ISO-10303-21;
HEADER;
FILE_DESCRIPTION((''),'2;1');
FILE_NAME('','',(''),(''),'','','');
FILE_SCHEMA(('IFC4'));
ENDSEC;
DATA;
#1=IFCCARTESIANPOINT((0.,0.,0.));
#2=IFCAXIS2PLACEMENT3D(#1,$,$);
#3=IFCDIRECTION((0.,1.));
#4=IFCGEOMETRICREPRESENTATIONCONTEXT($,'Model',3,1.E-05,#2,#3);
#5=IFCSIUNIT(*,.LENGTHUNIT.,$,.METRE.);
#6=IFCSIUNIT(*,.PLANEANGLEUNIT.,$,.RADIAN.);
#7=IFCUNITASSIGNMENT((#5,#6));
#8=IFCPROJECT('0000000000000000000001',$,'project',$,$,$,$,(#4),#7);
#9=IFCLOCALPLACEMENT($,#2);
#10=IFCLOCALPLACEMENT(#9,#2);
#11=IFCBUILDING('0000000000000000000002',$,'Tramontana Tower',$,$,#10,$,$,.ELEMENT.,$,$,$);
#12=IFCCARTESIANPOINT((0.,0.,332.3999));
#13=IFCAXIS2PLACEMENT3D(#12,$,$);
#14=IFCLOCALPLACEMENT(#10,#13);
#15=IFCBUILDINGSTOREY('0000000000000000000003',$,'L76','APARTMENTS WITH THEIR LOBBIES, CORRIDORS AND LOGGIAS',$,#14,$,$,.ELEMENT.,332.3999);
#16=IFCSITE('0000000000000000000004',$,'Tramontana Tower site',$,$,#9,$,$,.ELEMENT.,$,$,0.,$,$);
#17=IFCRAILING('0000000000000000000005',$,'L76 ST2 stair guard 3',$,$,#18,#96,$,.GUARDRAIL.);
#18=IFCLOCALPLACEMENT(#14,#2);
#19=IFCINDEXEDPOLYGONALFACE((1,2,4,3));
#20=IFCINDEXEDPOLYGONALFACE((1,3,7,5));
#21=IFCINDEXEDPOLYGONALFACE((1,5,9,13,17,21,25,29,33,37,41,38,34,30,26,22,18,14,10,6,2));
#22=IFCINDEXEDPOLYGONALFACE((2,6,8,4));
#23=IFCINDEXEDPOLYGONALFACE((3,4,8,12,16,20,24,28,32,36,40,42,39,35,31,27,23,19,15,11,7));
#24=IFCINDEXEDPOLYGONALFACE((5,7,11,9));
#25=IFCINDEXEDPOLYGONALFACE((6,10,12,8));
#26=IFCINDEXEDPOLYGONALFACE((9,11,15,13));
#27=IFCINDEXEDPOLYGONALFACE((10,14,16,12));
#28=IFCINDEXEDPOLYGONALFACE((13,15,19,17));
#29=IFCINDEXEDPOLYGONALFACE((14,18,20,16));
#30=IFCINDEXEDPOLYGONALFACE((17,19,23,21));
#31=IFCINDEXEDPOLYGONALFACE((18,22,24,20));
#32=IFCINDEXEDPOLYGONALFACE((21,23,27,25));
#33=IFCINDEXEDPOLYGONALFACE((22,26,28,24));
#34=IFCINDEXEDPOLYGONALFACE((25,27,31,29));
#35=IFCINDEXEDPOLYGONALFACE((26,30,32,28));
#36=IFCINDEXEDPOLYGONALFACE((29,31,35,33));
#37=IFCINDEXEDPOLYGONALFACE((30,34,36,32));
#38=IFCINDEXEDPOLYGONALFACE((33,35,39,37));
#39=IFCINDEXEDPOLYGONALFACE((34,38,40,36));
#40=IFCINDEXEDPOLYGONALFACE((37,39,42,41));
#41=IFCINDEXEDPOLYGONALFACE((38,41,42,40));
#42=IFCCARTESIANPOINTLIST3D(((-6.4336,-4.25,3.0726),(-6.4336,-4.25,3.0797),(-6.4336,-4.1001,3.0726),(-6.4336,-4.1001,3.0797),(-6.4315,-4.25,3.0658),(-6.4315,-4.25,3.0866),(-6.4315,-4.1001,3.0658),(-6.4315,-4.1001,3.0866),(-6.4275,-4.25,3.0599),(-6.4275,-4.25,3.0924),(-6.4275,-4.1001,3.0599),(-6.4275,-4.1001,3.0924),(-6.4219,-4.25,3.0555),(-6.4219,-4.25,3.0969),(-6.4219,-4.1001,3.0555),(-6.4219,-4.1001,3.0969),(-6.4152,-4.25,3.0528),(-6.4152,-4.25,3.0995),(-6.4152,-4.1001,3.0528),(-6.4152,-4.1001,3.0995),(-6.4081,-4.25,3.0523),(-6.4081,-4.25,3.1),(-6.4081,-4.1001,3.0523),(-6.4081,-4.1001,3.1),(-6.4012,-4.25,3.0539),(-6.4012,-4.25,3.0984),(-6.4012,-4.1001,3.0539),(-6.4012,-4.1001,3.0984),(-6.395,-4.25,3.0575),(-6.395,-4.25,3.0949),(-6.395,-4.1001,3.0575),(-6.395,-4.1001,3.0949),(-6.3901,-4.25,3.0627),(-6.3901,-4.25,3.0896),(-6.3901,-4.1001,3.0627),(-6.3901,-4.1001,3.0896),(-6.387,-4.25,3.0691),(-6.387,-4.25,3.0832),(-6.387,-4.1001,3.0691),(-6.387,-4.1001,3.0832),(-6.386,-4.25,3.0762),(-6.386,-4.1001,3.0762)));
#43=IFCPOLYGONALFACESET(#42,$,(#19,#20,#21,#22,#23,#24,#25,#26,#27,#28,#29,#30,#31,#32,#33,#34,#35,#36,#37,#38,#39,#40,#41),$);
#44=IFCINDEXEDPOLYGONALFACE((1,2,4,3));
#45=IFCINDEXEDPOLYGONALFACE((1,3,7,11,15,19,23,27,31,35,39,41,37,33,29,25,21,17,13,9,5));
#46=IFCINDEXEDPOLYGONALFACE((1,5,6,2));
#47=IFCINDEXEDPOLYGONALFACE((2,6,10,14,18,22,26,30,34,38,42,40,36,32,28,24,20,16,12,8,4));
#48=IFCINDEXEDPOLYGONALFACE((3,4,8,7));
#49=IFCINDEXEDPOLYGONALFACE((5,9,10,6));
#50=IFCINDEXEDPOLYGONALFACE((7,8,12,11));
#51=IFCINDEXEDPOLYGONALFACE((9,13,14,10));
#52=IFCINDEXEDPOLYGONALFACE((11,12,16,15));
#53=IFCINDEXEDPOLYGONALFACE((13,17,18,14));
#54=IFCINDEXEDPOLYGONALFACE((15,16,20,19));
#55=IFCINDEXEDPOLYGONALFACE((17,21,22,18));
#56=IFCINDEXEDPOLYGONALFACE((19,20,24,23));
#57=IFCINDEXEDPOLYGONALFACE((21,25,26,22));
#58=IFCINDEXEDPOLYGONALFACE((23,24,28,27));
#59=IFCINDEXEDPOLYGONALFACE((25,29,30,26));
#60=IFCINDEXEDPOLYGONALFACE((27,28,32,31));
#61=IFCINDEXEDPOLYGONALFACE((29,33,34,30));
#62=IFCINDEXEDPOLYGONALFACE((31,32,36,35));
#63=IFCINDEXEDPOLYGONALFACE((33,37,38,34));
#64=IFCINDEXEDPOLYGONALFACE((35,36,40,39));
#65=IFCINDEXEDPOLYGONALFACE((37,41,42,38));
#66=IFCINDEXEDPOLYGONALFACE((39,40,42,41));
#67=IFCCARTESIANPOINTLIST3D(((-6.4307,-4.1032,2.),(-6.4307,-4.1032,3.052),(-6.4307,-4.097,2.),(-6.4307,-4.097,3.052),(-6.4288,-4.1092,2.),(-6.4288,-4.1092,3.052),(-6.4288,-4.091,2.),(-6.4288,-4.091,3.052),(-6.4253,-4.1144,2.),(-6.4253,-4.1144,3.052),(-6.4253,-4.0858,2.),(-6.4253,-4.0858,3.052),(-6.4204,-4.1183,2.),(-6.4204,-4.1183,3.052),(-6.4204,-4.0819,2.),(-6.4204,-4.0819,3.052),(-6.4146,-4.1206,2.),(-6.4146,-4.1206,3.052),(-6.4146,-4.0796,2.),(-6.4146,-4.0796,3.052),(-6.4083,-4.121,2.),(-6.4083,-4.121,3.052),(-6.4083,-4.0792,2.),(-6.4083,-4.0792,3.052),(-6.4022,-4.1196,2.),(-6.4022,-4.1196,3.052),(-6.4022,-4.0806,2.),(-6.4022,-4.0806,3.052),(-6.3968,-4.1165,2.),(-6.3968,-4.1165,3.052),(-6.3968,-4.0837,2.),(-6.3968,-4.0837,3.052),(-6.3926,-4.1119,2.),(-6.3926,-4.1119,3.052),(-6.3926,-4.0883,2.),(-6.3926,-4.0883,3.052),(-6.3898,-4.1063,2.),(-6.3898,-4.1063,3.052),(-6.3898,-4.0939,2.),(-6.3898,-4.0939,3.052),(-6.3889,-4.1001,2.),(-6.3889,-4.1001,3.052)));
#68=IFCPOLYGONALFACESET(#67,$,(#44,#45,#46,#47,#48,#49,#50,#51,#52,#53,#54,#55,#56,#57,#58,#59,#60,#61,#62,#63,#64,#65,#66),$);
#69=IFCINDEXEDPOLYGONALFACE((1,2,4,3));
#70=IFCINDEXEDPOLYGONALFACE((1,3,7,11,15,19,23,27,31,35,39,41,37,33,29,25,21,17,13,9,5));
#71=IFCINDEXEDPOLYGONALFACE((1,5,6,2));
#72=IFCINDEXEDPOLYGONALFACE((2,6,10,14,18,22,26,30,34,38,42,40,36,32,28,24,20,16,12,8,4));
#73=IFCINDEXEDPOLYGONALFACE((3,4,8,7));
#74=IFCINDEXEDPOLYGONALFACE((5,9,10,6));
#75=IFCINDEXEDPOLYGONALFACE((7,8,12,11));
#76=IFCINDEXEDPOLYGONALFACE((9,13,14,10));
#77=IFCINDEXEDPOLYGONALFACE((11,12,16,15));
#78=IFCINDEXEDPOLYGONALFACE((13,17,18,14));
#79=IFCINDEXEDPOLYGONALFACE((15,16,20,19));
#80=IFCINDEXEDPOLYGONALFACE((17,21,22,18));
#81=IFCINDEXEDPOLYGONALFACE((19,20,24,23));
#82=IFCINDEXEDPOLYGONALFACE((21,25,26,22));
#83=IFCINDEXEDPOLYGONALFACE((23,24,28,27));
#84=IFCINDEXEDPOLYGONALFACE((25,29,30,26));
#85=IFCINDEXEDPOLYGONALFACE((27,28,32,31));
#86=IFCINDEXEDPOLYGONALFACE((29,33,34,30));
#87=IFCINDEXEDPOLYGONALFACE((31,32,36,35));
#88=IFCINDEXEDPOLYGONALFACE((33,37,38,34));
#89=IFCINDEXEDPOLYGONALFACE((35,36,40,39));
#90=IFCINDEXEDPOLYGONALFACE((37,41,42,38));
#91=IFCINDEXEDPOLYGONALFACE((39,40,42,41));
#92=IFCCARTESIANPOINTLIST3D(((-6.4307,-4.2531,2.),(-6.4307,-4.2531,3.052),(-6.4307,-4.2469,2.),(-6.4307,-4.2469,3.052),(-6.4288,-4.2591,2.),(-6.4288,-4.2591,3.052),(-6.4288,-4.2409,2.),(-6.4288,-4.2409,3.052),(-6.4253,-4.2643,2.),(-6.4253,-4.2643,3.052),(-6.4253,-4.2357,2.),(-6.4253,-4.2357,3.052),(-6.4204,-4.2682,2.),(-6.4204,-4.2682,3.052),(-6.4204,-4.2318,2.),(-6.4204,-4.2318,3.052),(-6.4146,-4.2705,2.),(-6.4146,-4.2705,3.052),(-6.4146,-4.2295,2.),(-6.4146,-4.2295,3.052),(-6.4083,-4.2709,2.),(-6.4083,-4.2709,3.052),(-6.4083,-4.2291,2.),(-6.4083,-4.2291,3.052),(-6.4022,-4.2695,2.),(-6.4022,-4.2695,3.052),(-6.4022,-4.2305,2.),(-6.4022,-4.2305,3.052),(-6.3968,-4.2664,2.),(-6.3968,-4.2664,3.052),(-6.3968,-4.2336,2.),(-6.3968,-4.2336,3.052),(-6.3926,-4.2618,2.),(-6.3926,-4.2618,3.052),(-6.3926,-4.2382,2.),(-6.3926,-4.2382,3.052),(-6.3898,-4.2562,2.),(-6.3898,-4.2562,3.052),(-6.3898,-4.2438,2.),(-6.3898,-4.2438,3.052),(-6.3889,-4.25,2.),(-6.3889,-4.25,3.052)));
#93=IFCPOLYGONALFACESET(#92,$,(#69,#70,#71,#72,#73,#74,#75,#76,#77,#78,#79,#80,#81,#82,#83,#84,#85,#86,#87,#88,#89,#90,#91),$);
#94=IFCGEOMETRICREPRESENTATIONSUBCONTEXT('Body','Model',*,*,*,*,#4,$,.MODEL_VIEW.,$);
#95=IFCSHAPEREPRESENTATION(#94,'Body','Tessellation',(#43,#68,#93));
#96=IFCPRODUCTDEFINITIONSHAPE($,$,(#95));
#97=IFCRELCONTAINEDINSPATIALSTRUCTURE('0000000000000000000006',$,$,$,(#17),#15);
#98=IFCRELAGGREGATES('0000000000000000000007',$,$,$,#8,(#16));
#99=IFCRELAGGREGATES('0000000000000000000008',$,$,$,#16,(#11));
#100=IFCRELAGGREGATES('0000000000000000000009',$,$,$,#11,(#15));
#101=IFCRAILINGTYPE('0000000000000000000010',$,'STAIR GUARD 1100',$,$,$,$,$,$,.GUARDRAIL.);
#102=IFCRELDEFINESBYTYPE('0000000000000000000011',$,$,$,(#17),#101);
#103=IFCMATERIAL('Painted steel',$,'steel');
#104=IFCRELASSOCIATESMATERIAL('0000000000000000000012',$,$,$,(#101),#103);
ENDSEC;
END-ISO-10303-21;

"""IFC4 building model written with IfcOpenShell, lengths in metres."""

from ifc_helpers import new_model, si_unit, direction, frame, origin, origin_2d, place, context, subcontext, project, spatial, circle, extrude, material, type_object, element, save


model = new_model("IFC4")

# Units and contexts
model_context = context("Model", 3, precision=1e-05, world=origin(), true_north=direction((0.0, 1.0)))
body_context = subcontext(model_context, "Body", "Model", "MODEL_VIEW")
ifc_project = project(units=[si_unit("LENGTHUNIT", "METRE"), si_unit("PLANEANGLEUNIT", "RADIAN")], contexts=[model_context])

# Site, building, storey
site_placement = place(None, origin())
site = spatial("IfcSite", under=ifc_project, at=site_placement, Name="Tramontana Tower site", CompositionType="ELEMENT", RefElevation=0.0)
building_placement = place(site_placement, origin())
building = spatial("IfcBuilding", under=site, at=building_placement, Name="Tramontana Tower", CompositionType="ELEMENT")
storey_placement = place(building_placement, frame((0.0, 0.0, 332.3999)))
storey = spatial("IfcBuildingStorey", under=building, at=storey_placement, Name="L76", Description="APARTMENTS WITH THEIR LOBBIES, CORRIDORS AND LOGGIAS", CompositionType="ELEMENT", Elevation=332.3999)

# Railing
ifc_material_1 = material(Name="Painted steel", Category="steel")
railing_type_1 = type_object("IfcRailingType", Name="STAIR GUARD 1100", PredefinedType="GUARDRAIL", material=ifc_material_1)
railing_1_placement = place(storey_placement, frame((-6.4099, -4.1001, 2.0)))
element("IfcRailing", 1, at=railing_1_placement, inside=storey, type_object=railing_type_1, Name="L76 ST2 stair guard 3", PredefinedType="GUARDRAIL", context=body_context, shape_type="SweptSolid", body=[
    extrude(circle(Radius=0.0239, at=origin_2d()), frame((0.0, 0.0, 1.0762), z_axis=(0.0, -1.0, 0.0), x_axis=(1.0, 0.0, 0.0)), (0.0, 0.0, 1.0), 0.1499),
    extrude(circle(Radius=0.021, at=origin_2d()), origin(), (0.0, 0.0, 1.0), 1.052),
    extrude(circle(Radius=0.021, at=origin_2d()), frame((0.0, -0.1499, 0.0)), (0.0, 0.0, 1.0), 1.052),
])

save(model, "model.ifc")
